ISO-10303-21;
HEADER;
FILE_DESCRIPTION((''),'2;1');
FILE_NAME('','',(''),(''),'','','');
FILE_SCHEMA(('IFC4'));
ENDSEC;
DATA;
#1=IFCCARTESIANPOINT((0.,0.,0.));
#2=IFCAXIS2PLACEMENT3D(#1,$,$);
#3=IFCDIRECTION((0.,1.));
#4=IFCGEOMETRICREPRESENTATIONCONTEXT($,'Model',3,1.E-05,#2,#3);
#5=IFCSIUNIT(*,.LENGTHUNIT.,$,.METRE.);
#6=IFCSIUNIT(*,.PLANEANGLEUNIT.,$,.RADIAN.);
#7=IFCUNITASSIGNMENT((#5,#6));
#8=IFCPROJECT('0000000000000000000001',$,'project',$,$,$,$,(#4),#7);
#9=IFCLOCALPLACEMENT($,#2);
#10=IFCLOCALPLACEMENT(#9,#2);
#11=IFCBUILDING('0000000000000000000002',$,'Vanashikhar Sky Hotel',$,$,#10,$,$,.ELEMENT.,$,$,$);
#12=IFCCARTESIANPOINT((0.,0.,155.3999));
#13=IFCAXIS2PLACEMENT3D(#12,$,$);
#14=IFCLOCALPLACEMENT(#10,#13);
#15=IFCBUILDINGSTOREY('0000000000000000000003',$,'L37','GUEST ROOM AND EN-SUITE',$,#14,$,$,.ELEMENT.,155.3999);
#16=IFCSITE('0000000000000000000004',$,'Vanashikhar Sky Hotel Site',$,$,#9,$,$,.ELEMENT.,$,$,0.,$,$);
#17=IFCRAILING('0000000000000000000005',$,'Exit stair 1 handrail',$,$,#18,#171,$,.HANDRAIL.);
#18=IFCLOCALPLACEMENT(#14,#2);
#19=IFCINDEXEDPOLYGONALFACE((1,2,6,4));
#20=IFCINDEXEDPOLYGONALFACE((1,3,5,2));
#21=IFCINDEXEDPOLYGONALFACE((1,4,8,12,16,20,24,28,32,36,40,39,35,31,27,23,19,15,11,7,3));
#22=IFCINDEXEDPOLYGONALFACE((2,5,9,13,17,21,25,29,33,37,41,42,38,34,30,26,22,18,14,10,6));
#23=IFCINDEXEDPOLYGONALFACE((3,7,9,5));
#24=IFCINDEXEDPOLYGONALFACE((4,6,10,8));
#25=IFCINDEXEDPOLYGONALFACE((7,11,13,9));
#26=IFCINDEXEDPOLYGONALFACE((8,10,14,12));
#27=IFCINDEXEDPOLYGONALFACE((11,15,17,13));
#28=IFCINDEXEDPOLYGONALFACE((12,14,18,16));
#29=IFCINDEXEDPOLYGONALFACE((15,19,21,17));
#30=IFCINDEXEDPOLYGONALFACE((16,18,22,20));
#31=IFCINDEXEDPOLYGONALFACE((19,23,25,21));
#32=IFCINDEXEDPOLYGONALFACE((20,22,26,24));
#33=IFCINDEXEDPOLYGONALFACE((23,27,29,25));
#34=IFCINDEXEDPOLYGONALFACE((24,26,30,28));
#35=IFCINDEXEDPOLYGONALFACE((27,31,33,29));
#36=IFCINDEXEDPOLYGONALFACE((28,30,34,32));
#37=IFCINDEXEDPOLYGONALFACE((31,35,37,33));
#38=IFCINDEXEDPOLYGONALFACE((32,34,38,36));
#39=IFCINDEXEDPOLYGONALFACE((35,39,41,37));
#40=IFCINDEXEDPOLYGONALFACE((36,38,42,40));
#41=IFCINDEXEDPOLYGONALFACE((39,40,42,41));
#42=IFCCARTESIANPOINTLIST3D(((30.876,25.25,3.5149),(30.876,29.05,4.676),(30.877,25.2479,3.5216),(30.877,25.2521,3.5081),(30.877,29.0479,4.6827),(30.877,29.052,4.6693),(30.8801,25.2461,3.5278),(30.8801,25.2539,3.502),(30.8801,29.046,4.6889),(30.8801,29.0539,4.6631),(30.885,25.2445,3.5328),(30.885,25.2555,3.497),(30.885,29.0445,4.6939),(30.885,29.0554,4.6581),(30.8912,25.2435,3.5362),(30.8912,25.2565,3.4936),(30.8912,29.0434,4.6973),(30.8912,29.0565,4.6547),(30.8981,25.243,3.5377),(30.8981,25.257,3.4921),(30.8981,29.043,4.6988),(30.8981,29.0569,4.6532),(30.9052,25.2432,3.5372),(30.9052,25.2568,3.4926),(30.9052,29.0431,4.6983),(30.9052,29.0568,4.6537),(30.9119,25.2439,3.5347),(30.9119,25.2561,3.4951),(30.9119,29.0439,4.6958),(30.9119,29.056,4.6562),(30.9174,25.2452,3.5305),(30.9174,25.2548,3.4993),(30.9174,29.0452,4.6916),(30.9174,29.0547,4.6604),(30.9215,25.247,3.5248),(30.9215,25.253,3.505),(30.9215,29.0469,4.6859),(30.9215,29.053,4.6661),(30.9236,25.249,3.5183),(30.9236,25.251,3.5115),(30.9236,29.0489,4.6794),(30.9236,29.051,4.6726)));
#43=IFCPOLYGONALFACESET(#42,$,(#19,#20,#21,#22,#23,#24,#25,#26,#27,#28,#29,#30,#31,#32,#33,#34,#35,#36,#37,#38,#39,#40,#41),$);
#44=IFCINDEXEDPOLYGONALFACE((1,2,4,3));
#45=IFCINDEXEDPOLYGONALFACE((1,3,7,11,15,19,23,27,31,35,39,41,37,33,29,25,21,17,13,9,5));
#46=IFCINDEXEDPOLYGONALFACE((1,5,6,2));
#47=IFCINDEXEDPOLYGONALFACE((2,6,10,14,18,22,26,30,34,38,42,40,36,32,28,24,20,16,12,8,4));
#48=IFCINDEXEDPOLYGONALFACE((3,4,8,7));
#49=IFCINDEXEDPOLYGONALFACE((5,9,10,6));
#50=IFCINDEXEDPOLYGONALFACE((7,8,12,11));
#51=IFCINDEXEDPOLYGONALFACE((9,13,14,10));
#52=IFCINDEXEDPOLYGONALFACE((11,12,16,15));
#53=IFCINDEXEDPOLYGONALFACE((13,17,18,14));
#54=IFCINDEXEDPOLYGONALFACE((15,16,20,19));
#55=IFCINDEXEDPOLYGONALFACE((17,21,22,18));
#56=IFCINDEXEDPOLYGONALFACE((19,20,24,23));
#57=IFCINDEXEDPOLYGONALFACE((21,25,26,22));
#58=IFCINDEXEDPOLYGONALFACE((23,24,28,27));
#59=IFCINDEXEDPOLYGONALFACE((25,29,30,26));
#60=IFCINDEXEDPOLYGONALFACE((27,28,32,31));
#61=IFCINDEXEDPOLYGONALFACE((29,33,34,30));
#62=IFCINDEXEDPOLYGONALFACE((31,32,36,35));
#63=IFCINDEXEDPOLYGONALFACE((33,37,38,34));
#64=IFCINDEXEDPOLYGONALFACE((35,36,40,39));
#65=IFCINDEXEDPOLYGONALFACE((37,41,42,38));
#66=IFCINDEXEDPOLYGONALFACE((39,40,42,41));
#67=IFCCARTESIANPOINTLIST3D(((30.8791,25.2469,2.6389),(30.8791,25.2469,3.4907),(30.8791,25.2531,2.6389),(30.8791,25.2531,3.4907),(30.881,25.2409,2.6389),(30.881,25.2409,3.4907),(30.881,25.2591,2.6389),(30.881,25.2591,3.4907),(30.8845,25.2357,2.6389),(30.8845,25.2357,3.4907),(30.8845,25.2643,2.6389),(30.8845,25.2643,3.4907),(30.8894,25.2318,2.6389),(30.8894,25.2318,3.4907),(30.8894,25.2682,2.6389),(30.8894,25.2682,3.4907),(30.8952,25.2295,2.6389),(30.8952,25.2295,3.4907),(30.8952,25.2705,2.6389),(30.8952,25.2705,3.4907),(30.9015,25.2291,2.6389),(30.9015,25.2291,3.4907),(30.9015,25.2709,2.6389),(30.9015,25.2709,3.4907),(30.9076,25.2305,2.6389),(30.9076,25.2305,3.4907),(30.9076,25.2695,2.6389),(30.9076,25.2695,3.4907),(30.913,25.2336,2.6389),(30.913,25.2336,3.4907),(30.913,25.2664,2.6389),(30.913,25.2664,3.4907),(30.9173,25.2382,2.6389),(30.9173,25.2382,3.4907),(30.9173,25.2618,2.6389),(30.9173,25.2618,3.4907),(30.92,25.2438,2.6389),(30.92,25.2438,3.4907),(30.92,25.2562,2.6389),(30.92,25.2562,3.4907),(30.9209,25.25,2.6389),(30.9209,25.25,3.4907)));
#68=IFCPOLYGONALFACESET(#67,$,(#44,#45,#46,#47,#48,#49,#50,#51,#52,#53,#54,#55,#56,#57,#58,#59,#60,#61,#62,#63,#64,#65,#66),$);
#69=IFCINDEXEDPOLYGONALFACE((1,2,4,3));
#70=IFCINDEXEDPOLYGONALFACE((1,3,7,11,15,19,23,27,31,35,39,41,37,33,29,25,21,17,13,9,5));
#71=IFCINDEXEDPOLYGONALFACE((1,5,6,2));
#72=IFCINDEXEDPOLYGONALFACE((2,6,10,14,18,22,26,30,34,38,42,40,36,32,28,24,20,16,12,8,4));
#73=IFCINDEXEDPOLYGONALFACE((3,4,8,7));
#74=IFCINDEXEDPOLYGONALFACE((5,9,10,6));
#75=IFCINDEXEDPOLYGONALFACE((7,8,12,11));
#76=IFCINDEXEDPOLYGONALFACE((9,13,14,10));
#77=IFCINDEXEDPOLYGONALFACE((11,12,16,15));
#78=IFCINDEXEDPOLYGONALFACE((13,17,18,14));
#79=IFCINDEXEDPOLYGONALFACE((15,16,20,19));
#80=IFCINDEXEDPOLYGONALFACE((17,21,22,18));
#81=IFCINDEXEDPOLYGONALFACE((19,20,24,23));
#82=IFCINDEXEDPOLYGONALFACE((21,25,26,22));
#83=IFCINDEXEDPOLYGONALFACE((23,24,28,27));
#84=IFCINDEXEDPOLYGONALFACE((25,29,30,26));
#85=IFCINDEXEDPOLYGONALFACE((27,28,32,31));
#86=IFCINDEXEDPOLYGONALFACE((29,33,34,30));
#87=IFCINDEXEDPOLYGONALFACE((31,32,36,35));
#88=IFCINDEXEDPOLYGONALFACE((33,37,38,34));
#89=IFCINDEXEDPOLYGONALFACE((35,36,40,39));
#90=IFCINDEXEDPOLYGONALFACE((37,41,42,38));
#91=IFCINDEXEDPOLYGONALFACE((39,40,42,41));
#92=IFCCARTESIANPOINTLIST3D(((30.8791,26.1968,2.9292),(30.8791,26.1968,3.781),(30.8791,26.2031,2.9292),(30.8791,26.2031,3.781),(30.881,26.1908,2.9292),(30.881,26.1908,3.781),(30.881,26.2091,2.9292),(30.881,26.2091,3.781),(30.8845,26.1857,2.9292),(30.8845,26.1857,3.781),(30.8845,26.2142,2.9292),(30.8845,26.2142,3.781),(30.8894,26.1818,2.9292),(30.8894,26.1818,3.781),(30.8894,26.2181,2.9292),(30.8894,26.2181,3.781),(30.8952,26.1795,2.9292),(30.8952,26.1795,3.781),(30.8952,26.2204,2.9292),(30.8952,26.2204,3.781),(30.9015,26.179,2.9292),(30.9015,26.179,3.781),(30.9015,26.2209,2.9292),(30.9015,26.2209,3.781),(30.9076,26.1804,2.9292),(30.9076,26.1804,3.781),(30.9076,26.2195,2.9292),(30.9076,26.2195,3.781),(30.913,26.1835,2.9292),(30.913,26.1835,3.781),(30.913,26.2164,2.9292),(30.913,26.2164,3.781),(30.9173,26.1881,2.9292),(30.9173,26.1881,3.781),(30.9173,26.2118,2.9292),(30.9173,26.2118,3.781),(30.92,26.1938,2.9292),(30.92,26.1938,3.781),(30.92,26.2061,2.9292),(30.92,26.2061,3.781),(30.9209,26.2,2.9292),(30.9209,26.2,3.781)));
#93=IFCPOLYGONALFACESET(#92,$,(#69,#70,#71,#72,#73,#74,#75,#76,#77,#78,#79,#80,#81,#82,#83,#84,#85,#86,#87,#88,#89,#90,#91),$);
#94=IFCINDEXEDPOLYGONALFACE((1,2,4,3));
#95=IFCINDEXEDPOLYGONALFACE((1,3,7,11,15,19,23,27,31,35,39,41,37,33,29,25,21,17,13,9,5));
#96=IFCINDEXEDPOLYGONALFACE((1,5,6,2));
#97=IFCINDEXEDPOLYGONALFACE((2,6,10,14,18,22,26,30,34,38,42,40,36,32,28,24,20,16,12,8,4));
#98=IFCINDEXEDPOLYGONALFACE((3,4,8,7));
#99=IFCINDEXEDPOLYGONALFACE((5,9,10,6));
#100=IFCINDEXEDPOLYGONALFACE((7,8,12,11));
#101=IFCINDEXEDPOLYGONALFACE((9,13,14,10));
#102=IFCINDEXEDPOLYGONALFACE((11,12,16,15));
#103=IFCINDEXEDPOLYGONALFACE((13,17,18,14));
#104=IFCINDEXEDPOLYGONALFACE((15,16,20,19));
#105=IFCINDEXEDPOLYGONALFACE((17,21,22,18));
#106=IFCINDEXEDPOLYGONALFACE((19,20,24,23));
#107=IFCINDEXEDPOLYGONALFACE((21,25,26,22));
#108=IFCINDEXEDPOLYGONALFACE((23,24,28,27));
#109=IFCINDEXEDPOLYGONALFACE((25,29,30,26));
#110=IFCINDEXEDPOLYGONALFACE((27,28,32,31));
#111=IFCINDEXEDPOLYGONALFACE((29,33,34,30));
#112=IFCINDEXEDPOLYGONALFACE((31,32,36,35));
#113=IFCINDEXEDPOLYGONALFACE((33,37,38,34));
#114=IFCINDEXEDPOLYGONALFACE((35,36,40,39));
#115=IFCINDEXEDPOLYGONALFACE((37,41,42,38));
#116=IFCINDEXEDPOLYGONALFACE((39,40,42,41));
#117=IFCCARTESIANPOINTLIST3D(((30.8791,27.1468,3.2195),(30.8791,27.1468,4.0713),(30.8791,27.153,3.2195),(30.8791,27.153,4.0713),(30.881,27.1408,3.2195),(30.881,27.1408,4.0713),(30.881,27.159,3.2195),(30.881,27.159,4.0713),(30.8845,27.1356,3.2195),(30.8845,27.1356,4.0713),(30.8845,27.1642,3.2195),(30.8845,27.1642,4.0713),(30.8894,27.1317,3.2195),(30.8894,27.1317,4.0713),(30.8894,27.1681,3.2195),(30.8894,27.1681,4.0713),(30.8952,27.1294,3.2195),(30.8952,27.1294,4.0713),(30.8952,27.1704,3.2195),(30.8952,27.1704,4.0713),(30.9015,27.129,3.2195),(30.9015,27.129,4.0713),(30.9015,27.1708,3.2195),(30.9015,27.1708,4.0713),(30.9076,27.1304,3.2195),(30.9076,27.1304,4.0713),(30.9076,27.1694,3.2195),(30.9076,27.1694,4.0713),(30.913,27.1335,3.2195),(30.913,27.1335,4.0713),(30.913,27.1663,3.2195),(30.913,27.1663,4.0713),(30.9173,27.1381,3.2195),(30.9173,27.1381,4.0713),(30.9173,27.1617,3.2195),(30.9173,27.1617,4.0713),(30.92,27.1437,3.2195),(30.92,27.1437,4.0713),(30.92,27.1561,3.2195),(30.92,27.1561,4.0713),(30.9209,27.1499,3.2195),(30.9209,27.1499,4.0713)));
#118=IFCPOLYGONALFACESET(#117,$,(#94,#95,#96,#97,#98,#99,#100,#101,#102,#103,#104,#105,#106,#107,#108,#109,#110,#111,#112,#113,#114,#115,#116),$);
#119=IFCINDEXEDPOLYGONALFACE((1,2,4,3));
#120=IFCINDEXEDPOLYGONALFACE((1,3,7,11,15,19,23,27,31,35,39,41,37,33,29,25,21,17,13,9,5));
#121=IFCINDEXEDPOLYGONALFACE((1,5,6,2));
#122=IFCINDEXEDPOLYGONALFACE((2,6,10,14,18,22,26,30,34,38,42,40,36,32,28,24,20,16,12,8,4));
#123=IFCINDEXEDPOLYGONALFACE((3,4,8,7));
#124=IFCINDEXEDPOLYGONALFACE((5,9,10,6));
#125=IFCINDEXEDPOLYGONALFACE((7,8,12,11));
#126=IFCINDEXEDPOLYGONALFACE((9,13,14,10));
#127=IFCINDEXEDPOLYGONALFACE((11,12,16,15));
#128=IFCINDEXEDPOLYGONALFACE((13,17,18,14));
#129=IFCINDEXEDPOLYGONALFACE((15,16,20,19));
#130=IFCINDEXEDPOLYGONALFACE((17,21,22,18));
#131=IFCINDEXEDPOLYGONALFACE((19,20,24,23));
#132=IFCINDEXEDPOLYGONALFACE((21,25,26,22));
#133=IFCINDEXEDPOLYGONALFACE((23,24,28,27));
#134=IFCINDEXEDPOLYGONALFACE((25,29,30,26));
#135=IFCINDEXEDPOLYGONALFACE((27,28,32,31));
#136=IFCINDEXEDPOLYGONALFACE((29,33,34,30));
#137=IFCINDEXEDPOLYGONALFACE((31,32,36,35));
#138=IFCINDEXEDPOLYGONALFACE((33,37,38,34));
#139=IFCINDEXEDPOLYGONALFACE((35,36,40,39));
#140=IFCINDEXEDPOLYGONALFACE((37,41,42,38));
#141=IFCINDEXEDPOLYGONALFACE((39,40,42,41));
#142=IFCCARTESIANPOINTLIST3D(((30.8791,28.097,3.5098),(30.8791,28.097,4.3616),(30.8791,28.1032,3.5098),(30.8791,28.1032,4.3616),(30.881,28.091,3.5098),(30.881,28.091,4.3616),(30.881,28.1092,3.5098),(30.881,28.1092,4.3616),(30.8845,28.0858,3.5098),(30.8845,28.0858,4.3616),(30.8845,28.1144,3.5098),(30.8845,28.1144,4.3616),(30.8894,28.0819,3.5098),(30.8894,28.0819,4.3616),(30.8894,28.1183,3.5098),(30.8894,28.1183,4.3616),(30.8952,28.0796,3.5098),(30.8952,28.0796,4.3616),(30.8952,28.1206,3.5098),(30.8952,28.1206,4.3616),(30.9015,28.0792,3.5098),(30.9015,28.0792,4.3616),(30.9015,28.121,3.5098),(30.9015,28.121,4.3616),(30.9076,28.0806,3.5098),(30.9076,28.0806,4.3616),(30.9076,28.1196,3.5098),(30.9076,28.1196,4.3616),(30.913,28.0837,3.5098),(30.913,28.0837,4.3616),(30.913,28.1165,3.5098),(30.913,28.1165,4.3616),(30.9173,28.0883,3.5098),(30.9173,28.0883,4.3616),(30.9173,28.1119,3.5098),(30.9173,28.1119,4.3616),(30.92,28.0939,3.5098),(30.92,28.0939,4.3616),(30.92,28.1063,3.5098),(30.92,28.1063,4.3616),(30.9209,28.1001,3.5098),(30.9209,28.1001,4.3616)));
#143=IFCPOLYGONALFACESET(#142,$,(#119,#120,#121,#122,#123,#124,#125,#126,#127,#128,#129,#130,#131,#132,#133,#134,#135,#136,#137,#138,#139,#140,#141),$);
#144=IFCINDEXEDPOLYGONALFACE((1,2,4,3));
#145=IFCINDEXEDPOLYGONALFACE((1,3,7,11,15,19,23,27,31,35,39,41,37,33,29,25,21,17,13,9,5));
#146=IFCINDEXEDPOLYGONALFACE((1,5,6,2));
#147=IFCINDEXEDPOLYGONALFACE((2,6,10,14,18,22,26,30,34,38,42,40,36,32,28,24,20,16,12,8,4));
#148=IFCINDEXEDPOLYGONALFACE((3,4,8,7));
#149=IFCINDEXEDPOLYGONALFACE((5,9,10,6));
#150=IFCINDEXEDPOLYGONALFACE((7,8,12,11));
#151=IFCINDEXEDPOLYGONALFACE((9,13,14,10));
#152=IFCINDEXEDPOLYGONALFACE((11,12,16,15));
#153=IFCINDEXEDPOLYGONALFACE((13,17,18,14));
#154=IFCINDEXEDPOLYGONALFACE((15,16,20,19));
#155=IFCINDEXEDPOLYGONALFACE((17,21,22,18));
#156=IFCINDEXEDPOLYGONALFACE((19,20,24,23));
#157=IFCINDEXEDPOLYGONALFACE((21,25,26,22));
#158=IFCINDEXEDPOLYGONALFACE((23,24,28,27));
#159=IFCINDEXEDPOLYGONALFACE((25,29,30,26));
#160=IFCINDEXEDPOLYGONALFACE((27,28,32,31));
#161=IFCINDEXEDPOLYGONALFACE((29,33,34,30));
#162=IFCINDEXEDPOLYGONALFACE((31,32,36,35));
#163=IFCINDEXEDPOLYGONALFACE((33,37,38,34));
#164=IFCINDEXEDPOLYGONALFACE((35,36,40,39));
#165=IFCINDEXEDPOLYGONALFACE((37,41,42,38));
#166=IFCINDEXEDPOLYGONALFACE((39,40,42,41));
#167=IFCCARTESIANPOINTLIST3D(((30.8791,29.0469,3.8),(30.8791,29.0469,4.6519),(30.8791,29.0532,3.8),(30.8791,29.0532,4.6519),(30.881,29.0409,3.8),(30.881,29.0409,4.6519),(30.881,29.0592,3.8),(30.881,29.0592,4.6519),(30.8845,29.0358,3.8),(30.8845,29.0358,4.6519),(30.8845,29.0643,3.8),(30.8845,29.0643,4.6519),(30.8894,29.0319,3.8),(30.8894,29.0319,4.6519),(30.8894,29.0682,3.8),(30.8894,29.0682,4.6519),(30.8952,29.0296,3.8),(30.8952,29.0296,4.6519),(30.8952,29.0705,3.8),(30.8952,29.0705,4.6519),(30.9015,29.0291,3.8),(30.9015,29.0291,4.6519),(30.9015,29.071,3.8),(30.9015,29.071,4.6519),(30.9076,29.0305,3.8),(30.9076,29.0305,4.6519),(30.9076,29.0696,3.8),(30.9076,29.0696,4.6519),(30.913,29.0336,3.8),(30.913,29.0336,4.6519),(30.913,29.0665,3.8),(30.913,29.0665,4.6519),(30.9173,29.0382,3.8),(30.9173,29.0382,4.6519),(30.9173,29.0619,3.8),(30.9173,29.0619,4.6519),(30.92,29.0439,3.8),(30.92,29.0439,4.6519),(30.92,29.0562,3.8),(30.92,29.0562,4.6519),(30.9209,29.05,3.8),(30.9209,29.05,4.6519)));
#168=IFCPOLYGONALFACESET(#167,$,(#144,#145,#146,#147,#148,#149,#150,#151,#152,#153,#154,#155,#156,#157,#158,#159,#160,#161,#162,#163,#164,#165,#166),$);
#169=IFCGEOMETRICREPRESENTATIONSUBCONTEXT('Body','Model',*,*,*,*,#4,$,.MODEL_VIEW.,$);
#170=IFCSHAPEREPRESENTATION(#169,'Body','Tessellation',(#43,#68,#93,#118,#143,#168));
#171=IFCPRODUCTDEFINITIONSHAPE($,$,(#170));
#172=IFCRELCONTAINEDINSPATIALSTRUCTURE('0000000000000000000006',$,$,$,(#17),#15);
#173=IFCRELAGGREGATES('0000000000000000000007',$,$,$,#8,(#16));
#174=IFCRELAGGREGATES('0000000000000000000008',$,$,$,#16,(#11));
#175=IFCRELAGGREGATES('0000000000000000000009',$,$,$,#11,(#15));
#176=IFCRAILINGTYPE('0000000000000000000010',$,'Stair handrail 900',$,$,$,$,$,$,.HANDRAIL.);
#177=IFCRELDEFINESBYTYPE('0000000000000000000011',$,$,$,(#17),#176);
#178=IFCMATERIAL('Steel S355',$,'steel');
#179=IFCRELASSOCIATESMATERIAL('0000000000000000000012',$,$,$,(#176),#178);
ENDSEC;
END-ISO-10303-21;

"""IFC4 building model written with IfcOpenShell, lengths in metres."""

from ifc_helpers import new_model, si_unit, direction, frame, origin, origin_2d, place, context, subcontext, project, spatial, circle, extrude, source, transform, mapped, material, type_object, element, save


model = new_model("IFC4")

# Units and contexts
model_context = context("Model", 3, precision=1e-05, world=origin(), true_north=direction((0.0, 1.0)))
body_context = subcontext(model_context, "Body", "Model", "MODEL_VIEW")
ifc_project = project(units=[si_unit("LENGTHUNIT", "METRE"), si_unit("PLANEANGLEUNIT", "RADIAN")], contexts=[model_context])

# Site, building, storey
site_placement = place(None, origin())
site = spatial("IfcSite", under=ifc_project, at=site_placement, Name="Vanashikhar Sky Hotel Site", CompositionType="ELEMENT", RefElevation=0.0)
building_placement = place(site_placement, origin())
building = spatial("IfcBuilding", under=site, at=building_placement, Name="Vanashikhar Sky Hotel", CompositionType="ELEMENT")
storey_placement = place(building_placement, frame((0.0, 0.0, 155.3999)))
storey = spatial("IfcBuildingStorey", under=building, at=storey_placement, Name="L37", Description="GUEST ROOM AND EN-SUITE", CompositionType="ELEMENT", Elevation=155.3999)

# Railing
ifc_material_1 = material(Name="Steel S355", Category="steel")
railing_type_1 = type_object("IfcRailingType", Name="Stair handrail 900", PredefinedType="HANDRAIL", material=ifc_material_1)
shared_shape_1 = source(origin(), body_context, "Body", "SweptSolid", [
    extrude(circle(Radius=0.0239, at=origin_2d()), frame((0.0, 0.0, 0.876), z_axis=(0.0, 0.956351, 0.29222), x_axis=(-1.0, 0.0, 0.0)), (0.0, 0.0, 1.0), 3.9734),
    extrude(circle(Radius=0.021, at=origin_2d()), origin(), (0.0, 0.0, 1.0), 0.8518),
    extrude(circle(Radius=0.021, at=origin_2d()), frame((0.0, 0.95, 0.2903)), (0.0, 0.0, 1.0), 0.8518),
    extrude(circle(Radius=0.021, at=origin_2d()), frame((0.0, 1.8999, 0.5806)), (0.0, 0.0, 1.0), 0.8518),
    extrude(circle(Radius=0.021, at=origin_2d()), frame((0.0, 2.8501, 0.8708)), (0.0, 0.0, 1.0), 0.8518),
    extrude(circle(Radius=0.021, at=origin_2d()), frame((0.0, 3.8, 1.1611)), (0.0, 0.0, 1.0), 0.8518),
])
for number, where, name in (
    (1, (30.8999, 25.25, 2.6389), "Exit stair 1 handrail"),
):
    element("IfcRailing", number, at=place(storey_placement, frame(where)), inside=storey, type_object=railing_type_1, Name=name, PredefinedType="HANDRAIL", context=body_context, shape_type="MappedRepresentation", body=[
        mapped(shared_shape_1, transform((0.0, 0.0, 0.0), scale=1.0)),
    ])

save(model, "model.ifc")
